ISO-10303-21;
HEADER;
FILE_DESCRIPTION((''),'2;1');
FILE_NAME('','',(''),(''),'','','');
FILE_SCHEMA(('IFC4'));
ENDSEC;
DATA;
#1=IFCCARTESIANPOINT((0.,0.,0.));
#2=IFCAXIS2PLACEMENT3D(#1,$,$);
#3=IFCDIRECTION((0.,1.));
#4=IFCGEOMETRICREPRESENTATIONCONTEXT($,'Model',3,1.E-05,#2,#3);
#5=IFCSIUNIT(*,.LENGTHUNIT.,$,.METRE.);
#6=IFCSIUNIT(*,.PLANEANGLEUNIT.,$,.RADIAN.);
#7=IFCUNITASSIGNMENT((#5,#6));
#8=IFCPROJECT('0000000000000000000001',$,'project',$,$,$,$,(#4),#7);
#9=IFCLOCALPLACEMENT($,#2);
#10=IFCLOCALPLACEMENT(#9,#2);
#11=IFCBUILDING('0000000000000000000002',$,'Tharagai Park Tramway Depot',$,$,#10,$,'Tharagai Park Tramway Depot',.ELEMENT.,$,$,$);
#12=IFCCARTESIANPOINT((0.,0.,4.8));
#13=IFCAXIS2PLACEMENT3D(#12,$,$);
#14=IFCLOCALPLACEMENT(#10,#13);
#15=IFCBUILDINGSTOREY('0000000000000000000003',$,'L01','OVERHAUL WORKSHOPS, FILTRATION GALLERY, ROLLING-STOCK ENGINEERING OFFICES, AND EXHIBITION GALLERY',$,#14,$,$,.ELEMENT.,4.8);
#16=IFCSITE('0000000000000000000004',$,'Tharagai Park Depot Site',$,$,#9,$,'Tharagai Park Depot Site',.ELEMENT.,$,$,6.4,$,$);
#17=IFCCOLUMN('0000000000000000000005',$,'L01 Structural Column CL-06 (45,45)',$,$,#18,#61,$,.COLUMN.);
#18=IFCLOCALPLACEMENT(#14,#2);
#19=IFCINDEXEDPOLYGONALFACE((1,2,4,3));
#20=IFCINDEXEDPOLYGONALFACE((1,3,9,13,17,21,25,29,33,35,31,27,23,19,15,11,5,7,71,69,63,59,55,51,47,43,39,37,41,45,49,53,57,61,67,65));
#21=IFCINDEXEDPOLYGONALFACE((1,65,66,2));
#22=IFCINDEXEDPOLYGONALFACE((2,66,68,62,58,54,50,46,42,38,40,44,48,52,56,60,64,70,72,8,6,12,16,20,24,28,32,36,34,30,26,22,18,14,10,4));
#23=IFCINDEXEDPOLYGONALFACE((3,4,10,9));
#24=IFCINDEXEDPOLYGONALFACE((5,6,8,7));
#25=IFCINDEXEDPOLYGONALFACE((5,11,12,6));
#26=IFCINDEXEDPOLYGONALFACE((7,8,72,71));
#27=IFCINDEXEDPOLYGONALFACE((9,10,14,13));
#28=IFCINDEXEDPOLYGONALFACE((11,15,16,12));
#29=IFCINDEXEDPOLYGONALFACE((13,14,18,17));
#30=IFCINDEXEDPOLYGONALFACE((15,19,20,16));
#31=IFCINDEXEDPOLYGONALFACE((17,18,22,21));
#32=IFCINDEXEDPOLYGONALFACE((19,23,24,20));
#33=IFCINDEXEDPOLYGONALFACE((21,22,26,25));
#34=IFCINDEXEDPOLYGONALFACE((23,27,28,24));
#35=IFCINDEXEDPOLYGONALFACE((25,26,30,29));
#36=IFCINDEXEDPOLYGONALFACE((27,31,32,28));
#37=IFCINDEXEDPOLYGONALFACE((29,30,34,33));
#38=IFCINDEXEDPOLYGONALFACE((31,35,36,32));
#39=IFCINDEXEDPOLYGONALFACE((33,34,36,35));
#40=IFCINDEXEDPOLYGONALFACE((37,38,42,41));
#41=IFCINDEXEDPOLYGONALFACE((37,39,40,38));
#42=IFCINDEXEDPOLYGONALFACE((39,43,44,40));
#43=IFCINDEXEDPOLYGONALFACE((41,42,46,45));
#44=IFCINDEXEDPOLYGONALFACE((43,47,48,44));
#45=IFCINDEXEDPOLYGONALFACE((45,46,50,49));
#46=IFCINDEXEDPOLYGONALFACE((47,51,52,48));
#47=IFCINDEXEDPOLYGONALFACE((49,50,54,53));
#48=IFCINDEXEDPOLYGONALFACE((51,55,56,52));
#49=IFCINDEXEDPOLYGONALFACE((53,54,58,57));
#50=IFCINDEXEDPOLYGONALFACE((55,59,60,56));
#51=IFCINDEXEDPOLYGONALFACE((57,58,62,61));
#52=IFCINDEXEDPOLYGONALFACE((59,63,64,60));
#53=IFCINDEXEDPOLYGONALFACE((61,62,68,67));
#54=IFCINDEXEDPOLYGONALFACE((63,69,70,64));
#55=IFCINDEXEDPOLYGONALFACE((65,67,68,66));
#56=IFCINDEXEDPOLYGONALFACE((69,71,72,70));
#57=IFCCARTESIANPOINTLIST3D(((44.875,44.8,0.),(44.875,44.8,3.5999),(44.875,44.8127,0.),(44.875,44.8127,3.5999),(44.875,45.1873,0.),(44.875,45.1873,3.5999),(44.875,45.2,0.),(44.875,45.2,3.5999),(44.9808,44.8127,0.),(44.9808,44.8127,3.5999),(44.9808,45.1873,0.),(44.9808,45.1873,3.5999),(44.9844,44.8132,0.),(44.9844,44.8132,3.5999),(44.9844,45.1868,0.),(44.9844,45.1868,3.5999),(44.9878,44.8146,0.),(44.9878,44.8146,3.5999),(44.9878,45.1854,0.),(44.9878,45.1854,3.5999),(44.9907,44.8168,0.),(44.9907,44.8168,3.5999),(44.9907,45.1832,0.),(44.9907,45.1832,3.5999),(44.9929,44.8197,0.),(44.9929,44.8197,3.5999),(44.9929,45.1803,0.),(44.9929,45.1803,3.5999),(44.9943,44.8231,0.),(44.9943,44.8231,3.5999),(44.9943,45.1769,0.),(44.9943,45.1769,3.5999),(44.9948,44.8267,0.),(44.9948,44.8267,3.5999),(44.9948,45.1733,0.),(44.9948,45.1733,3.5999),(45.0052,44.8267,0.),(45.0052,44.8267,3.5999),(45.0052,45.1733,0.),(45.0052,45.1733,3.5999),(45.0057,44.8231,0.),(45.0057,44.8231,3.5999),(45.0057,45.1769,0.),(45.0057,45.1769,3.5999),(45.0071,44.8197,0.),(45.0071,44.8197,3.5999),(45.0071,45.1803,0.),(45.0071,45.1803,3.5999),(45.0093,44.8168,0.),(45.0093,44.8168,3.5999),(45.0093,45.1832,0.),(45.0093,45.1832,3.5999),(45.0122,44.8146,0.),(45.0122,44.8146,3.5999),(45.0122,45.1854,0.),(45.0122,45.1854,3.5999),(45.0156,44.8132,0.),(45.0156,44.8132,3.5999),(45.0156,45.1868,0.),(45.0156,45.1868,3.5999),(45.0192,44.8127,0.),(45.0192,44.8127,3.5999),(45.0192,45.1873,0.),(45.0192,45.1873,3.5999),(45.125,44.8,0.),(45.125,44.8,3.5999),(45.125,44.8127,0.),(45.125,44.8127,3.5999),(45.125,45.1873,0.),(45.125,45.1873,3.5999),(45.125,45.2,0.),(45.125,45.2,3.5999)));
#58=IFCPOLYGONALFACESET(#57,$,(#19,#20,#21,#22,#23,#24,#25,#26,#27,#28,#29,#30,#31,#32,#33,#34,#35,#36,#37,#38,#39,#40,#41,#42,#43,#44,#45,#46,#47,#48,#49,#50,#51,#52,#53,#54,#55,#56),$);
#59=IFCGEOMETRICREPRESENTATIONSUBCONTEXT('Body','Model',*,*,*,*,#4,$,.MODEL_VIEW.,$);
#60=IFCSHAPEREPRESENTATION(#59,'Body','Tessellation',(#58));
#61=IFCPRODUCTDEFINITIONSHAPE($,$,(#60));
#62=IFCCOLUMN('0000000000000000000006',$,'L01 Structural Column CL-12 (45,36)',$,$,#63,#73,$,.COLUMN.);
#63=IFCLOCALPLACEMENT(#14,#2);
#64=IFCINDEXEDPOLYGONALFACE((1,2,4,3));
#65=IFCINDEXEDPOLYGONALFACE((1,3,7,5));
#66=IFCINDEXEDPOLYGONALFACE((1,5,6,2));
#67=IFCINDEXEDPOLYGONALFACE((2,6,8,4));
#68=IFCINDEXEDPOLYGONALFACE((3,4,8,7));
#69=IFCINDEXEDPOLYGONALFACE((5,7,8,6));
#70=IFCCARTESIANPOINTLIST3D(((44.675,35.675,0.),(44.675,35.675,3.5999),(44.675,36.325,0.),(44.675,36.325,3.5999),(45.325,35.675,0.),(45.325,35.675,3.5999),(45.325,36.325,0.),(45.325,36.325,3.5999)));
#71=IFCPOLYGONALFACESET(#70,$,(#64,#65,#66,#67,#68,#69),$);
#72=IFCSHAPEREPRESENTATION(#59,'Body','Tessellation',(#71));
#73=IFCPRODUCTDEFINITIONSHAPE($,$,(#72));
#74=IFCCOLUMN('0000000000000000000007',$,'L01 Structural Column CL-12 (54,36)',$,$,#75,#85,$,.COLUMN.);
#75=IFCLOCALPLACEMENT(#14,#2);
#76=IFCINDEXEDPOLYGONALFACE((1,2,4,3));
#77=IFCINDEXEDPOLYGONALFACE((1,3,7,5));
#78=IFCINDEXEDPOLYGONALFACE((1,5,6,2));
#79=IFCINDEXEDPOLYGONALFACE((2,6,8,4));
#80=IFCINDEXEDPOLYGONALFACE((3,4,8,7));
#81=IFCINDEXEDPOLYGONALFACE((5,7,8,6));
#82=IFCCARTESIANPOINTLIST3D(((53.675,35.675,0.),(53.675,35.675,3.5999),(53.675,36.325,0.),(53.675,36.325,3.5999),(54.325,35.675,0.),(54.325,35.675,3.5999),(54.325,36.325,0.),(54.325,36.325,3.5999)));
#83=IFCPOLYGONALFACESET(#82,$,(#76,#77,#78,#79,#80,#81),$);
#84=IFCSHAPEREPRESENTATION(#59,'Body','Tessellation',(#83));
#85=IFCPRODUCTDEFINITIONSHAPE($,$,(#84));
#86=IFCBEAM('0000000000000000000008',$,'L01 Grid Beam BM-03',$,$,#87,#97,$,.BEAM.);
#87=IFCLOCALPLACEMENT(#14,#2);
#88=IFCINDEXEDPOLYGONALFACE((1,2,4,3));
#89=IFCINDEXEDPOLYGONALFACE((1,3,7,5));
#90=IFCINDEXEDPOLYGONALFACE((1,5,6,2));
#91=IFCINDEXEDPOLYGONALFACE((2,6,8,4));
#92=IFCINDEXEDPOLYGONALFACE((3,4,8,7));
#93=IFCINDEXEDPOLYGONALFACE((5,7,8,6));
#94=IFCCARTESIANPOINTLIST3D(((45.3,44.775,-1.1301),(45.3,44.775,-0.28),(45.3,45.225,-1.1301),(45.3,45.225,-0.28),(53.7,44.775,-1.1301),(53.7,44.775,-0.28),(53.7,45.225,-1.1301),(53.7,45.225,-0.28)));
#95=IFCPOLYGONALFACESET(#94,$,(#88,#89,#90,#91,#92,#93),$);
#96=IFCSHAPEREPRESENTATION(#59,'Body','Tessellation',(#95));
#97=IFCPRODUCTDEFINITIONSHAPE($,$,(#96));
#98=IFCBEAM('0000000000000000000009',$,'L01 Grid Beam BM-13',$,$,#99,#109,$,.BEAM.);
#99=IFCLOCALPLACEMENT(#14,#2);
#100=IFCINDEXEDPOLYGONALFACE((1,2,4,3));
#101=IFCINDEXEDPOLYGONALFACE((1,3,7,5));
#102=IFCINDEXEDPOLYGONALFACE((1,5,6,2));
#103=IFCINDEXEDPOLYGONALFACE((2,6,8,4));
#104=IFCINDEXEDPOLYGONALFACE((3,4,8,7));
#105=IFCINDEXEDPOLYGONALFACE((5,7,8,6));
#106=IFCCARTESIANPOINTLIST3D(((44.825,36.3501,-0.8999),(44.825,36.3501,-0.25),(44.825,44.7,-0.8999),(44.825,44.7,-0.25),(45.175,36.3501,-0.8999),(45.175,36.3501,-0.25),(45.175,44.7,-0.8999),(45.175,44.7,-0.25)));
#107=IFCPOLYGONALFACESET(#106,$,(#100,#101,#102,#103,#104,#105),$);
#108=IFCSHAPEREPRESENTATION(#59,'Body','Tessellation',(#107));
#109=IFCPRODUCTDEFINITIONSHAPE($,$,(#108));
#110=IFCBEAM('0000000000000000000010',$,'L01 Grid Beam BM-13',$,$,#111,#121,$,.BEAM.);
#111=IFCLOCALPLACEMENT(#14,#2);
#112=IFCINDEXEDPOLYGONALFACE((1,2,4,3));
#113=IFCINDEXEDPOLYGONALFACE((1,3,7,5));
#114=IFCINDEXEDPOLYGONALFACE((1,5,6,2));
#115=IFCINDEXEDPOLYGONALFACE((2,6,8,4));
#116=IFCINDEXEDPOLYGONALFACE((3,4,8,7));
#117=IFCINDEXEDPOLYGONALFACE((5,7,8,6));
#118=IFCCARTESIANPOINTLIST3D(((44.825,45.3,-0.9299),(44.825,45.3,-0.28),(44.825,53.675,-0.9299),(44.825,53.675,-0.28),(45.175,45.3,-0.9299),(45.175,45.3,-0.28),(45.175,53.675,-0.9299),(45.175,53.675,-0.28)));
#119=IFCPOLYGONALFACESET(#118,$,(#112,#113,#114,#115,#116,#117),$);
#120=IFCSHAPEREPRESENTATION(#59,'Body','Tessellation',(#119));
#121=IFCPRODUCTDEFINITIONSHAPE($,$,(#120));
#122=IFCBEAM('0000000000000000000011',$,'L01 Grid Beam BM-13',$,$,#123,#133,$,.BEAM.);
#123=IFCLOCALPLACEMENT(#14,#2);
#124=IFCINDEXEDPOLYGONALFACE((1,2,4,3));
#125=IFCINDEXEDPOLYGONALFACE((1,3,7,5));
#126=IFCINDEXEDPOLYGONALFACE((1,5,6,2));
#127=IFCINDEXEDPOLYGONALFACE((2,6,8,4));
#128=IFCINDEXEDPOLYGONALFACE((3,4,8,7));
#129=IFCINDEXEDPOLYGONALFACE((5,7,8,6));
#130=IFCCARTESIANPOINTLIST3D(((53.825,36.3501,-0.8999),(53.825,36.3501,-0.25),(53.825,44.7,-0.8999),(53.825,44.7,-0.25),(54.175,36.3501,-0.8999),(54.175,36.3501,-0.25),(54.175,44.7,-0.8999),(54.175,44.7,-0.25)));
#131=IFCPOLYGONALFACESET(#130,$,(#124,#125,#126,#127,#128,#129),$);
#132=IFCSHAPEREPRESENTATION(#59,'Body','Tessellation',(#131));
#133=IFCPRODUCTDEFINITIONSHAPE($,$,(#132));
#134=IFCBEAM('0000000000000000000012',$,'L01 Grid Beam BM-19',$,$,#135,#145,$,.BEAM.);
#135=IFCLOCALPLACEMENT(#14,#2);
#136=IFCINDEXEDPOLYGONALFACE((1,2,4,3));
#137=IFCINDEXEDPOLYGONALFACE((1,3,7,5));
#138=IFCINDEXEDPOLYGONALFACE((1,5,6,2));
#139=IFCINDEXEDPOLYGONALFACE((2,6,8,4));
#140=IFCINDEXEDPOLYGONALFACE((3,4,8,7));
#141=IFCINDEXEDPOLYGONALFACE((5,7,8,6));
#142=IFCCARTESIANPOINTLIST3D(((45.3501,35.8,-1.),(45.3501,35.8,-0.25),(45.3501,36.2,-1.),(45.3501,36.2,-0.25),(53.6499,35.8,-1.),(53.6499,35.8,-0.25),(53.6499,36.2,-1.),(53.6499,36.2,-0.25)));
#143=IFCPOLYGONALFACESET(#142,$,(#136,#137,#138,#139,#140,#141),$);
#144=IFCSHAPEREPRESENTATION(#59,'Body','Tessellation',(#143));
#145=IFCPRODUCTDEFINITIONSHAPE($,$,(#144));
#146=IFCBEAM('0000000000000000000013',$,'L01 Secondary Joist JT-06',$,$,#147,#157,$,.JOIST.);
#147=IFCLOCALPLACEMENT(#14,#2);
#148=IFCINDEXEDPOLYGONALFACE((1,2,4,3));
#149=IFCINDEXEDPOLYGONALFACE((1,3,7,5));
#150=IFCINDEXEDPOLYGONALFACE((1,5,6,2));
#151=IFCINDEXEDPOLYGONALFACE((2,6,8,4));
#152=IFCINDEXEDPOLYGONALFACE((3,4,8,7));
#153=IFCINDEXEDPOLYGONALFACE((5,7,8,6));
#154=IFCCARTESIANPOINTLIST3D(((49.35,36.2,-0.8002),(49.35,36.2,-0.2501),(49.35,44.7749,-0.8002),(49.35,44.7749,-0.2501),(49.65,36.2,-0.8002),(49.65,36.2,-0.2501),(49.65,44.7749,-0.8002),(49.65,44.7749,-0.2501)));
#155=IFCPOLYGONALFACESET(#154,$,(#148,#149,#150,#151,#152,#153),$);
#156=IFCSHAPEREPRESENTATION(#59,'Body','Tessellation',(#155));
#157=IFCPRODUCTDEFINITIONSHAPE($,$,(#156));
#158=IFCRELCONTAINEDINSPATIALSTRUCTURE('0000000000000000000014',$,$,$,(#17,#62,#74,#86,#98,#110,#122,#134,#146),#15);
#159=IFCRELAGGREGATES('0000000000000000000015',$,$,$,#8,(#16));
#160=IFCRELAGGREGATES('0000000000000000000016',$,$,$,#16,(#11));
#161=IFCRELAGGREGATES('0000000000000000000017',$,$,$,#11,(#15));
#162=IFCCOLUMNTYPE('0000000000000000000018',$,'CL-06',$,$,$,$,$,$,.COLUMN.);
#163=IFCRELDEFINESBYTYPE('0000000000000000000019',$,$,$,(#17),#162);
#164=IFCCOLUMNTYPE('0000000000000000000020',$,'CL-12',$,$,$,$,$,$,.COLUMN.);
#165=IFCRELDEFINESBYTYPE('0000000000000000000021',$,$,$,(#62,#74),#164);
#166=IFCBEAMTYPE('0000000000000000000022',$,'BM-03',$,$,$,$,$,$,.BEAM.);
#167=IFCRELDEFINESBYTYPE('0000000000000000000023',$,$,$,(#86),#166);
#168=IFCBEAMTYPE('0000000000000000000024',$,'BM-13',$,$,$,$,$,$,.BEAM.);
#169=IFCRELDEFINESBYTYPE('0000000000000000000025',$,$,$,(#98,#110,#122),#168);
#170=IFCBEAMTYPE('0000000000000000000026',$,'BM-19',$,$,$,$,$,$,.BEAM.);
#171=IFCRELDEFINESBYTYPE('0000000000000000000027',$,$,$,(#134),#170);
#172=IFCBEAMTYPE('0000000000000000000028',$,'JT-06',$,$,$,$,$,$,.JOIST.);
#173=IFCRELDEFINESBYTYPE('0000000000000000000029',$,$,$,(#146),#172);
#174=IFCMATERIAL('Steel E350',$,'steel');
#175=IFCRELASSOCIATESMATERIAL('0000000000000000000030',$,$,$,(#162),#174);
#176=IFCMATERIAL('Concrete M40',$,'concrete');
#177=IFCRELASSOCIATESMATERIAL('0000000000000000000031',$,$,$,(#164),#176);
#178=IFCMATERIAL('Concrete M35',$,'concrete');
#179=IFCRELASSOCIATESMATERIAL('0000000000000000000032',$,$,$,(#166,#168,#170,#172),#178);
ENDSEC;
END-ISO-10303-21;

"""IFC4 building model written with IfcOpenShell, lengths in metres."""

from ifc_helpers import new_model, si_unit, direction, frame, origin, origin_2d, place, context, subcontext, project, spatial, rectangle, i_section, extrude, material, material_profile, profile_set, type_object, element, save


model = new_model("IFC4")

# Units and contexts
model_context = context("Model", 3, precision=1e-05, world=origin(), true_north=direction((0.0, 1.0)))
body_context = subcontext(model_context, "Body", "Model", "MODEL_VIEW")
ifc_project = project(units=[si_unit("LENGTHUNIT", "METRE"), si_unit("PLANEANGLEUNIT", "RADIAN")], contexts=[model_context])

# Site, building, storey
site_placement = place(None, origin())
site = spatial("IfcSite", under=ifc_project, at=site_placement, Name="Tharagai Park Depot Site", LongName="Tharagai Park Depot Site", CompositionType="ELEMENT", RefElevation=6.4)
building_placement = place(site_placement, origin())
building = spatial("IfcBuilding", under=site, at=building_placement, Name="Tharagai Park Tramway Depot", LongName="Tharagai Park Tramway Depot", CompositionType="ELEMENT")
storey_placement = place(building_placement, frame((0.0, 0.0, 4.8)))
storey = spatial("IfcBuildingStorey", under=building, at=storey_placement, Name="L01", Description="OVERHAUL WORKSHOPS, FILTRATION GALLERY, ROLLING-STOCK ENGINEERING OFFICES, AND EXHIBITION GALLERY", CompositionType="ELEMENT", Elevation=4.8)

# Columns
ifc_material_1 = material(Name="Steel E350", Category="steel")
ifc_material_profile_1 = material_profile(ifc_material_1, i_section(OverallWidth=0.25, OverallDepth=0.3999, WebThickness=0.0105, FlangeThickness=0.0127, FilletRadius=0.0139, at=origin_2d()), Name="ISHB 400")
ifc_profile_set_1 = profile_set([ifc_material_profile_1], Name="Steel E350")
column_type_1 = type_object("IfcColumnType", Name="CL-06", PredefinedType="COLUMN", material=ifc_profile_set_1)
column_placement = place(storey_placement, frame((45.0, 45.0, 0.0), z_axis=(0.0, 0.0, 1.0), x_axis=(1.0, 0.0, 0.0)))
element("IfcColumn", 1, at=column_placement, inside=storey, type_object=column_type_1, Name="L01 Structural Column CL-06 (45,45)", PredefinedType="COLUMN", context=body_context, shape_type="SweptSolid", body=[
    extrude(i_section(OverallWidth=0.25, OverallDepth=0.3999, WebThickness=0.0105, FlangeThickness=0.0127, FilletRadius=0.0139, at=origin_2d()), origin(), (0.0, 0.0, 1.0), 3.5999),
])
ifc_material_2 = material(Name="Concrete M40", Category="concrete")
ifc_material_profile_2 = material_profile(ifc_material_2, rectangle(XDim=0.6499, YDim=0.6499, at=origin_2d()), Name="RC 650x650")
ifc_profile_set_2 = profile_set([ifc_material_profile_2], Name="Concrete M40")
column_type_2 = type_object("IfcColumnType", Name="CL-12", PredefinedType="COLUMN", material=ifc_profile_set_2)
for number, where, z_axis, x_axis, name in (
    (2, (45.0, 36.0, 0.0), (0.0, 0.0, 1.0), (1.0, 0.0, 0.0), "L01 Structural Column CL-12 (45,36)"),
    (3, (54.0, 36.0, 0.0), (0.0, 0.0, 1.0), (1.0, 0.0, 0.0), "L01 Structural Column CL-12 (54,36)"),
):
    element("IfcColumn", number, at=place(storey_placement, frame(where, z_axis=z_axis, x_axis=x_axis)), inside=storey, type_object=column_type_2, Name=name, PredefinedType="COLUMN", context=body_context, shape_type="SweptSolid", body=[
        extrude(rectangle(XDim=0.6499, YDim=0.6499, at=origin_2d()), origin(), (0.0, 0.0, 1.0), 3.5999),
    ])

# Beams
ifc_material_3 = material(Name="Concrete M35", Category="concrete")
ifc_material_profile_3 = material_profile(ifc_material_3, rectangle(XDim=0.45, YDim=0.8501, at=origin_2d()), Name="RC 450x850")
ifc_profile_set_3 = profile_set([ifc_material_profile_3], Name="Concrete M35")
beam_type_1 = type_object("IfcBeamType", Name="BM-03", PredefinedType="BEAM", material=ifc_profile_set_3)
beam_1_placement = place(storey_placement, frame((45.3, 45.0, -0.7051), z_axis=(1.0, 0.0, 0.0), x_axis=(0.0, 1.0, 0.0)))
element("IfcBeam", 4, at=beam_1_placement, inside=storey, type_object=beam_type_1, Name="L01 Grid Beam BM-03", PredefinedType="BEAM", context=body_context, shape_type="SweptSolid", body=[
    extrude(rectangle(XDim=0.45, YDim=0.8501, at=origin_2d()), origin(), (0.0, 0.0, 1.0), 8.3999),
])
ifc_material_profile_4 = material_profile(ifc_material_3, rectangle(XDim=0.3501, YDim=0.6499, at=origin_2d()), Name="RC 350x650")
ifc_profile_set_4 = profile_set([ifc_material_profile_4], Name="Concrete M35")
beam_type_2 = type_object("IfcBeamType", Name="BM-13", PredefinedType="BEAM", material=ifc_profile_set_4)
beam_2_placement = place(storey_placement, frame((45.0, 36.3501, -0.575), z_axis=(0.0, 1.0, 0.0), x_axis=(-1.0, 0.0, 0.0)))
element("IfcBeam", 5, at=beam_2_placement, inside=storey, type_object=beam_type_2, Name="L01 Grid Beam BM-13", PredefinedType="BEAM", context=body_context, shape_type="SweptSolid", body=[
    extrude(rectangle(XDim=0.3501, YDim=0.6499, at=origin_2d()), origin(), (0.0, 0.0, 1.0), 8.3499),
])
beam_3_placement = place(storey_placement, frame((45.0, 45.3, -0.605), z_axis=(0.0, 1.0, 0.0), x_axis=(-1.0, 0.0, 0.0)))
element("IfcBeam", 6, at=beam_3_placement, inside=storey, type_object=beam_type_2, Name="L01 Grid Beam BM-13", PredefinedType="BEAM", context=body_context, shape_type="SweptSolid", body=[
    extrude(rectangle(XDim=0.3501, YDim=0.6499, at=origin_2d()), origin(), (0.0, 0.0, 1.0), 8.375),
])
beam_4_placement = place(storey_placement, frame((54.0, 36.3501, -0.575), z_axis=(0.0, 1.0, 0.0), x_axis=(-1.0, 0.0, 0.0)))
element("IfcBeam", 7, at=beam_4_placement, inside=storey, type_object=beam_type_2, Name="L01 Grid Beam BM-13", PredefinedType="BEAM", context=body_context, shape_type="SweptSolid", body=[
    extrude(rectangle(XDim=0.3501, YDim=0.6499, at=origin_2d()), origin(), (0.0, 0.0, 1.0), 8.3499),
])
ifc_material_profile_5 = material_profile(ifc_material_3, rectangle(XDim=0.3999, YDim=0.75, at=origin_2d()), Name="RC 400x750")
ifc_profile_set_5 = profile_set([ifc_material_profile_5], Name="Concrete M35")
beam_type_3 = type_object("IfcBeamType", Name="BM-19", PredefinedType="BEAM", material=ifc_profile_set_5)
beam_5_placement = place(storey_placement, frame((45.3501, 36.0, -0.625), z_axis=(1.0, 0.0, 0.0), x_axis=(0.0, 1.0, 0.0)))
element("IfcBeam", 8, at=beam_5_placement, inside=storey, type_object=beam_type_3, Name="L01 Grid Beam BM-19", PredefinedType="BEAM", context=body_context, shape_type="SweptSolid", body=[
    extrude(rectangle(XDim=0.3999, YDim=0.75, at=origin_2d()), origin(), (0.0, 0.0, 1.0), 8.2998),
])
ifc_material_profile_6 = material_profile(ifc_material_3, rectangle(XDim=0.3, YDim=0.55, at=origin_2d()), Name="RC 300x550")
ifc_profile_set_6 = profile_set([ifc_material_profile_6], Name="Concrete M35")
beam_type_4 = type_object("IfcBeamType", Name="JT-06", PredefinedType="JOIST", material=ifc_profile_set_6)
beam_6_placement = place(storey_placement, frame((49.5, 36.2, -0.5251), z_axis=(0.0, 1.0, 0.0), x_axis=(-1.0, 0.0, 0.0)))
element("IfcBeam", 9, at=beam_6_placement, inside=storey, type_object=beam_type_4, Name="L01 Secondary Joist JT-06", PredefinedType="JOIST", context=body_context, shape_type="SweptSolid", body=[
    extrude(rectangle(XDim=0.3, YDim=0.55, at=origin_2d()), origin(), (0.0, 0.0, 1.0), 8.575),
])

save(model, "model.ifc")
